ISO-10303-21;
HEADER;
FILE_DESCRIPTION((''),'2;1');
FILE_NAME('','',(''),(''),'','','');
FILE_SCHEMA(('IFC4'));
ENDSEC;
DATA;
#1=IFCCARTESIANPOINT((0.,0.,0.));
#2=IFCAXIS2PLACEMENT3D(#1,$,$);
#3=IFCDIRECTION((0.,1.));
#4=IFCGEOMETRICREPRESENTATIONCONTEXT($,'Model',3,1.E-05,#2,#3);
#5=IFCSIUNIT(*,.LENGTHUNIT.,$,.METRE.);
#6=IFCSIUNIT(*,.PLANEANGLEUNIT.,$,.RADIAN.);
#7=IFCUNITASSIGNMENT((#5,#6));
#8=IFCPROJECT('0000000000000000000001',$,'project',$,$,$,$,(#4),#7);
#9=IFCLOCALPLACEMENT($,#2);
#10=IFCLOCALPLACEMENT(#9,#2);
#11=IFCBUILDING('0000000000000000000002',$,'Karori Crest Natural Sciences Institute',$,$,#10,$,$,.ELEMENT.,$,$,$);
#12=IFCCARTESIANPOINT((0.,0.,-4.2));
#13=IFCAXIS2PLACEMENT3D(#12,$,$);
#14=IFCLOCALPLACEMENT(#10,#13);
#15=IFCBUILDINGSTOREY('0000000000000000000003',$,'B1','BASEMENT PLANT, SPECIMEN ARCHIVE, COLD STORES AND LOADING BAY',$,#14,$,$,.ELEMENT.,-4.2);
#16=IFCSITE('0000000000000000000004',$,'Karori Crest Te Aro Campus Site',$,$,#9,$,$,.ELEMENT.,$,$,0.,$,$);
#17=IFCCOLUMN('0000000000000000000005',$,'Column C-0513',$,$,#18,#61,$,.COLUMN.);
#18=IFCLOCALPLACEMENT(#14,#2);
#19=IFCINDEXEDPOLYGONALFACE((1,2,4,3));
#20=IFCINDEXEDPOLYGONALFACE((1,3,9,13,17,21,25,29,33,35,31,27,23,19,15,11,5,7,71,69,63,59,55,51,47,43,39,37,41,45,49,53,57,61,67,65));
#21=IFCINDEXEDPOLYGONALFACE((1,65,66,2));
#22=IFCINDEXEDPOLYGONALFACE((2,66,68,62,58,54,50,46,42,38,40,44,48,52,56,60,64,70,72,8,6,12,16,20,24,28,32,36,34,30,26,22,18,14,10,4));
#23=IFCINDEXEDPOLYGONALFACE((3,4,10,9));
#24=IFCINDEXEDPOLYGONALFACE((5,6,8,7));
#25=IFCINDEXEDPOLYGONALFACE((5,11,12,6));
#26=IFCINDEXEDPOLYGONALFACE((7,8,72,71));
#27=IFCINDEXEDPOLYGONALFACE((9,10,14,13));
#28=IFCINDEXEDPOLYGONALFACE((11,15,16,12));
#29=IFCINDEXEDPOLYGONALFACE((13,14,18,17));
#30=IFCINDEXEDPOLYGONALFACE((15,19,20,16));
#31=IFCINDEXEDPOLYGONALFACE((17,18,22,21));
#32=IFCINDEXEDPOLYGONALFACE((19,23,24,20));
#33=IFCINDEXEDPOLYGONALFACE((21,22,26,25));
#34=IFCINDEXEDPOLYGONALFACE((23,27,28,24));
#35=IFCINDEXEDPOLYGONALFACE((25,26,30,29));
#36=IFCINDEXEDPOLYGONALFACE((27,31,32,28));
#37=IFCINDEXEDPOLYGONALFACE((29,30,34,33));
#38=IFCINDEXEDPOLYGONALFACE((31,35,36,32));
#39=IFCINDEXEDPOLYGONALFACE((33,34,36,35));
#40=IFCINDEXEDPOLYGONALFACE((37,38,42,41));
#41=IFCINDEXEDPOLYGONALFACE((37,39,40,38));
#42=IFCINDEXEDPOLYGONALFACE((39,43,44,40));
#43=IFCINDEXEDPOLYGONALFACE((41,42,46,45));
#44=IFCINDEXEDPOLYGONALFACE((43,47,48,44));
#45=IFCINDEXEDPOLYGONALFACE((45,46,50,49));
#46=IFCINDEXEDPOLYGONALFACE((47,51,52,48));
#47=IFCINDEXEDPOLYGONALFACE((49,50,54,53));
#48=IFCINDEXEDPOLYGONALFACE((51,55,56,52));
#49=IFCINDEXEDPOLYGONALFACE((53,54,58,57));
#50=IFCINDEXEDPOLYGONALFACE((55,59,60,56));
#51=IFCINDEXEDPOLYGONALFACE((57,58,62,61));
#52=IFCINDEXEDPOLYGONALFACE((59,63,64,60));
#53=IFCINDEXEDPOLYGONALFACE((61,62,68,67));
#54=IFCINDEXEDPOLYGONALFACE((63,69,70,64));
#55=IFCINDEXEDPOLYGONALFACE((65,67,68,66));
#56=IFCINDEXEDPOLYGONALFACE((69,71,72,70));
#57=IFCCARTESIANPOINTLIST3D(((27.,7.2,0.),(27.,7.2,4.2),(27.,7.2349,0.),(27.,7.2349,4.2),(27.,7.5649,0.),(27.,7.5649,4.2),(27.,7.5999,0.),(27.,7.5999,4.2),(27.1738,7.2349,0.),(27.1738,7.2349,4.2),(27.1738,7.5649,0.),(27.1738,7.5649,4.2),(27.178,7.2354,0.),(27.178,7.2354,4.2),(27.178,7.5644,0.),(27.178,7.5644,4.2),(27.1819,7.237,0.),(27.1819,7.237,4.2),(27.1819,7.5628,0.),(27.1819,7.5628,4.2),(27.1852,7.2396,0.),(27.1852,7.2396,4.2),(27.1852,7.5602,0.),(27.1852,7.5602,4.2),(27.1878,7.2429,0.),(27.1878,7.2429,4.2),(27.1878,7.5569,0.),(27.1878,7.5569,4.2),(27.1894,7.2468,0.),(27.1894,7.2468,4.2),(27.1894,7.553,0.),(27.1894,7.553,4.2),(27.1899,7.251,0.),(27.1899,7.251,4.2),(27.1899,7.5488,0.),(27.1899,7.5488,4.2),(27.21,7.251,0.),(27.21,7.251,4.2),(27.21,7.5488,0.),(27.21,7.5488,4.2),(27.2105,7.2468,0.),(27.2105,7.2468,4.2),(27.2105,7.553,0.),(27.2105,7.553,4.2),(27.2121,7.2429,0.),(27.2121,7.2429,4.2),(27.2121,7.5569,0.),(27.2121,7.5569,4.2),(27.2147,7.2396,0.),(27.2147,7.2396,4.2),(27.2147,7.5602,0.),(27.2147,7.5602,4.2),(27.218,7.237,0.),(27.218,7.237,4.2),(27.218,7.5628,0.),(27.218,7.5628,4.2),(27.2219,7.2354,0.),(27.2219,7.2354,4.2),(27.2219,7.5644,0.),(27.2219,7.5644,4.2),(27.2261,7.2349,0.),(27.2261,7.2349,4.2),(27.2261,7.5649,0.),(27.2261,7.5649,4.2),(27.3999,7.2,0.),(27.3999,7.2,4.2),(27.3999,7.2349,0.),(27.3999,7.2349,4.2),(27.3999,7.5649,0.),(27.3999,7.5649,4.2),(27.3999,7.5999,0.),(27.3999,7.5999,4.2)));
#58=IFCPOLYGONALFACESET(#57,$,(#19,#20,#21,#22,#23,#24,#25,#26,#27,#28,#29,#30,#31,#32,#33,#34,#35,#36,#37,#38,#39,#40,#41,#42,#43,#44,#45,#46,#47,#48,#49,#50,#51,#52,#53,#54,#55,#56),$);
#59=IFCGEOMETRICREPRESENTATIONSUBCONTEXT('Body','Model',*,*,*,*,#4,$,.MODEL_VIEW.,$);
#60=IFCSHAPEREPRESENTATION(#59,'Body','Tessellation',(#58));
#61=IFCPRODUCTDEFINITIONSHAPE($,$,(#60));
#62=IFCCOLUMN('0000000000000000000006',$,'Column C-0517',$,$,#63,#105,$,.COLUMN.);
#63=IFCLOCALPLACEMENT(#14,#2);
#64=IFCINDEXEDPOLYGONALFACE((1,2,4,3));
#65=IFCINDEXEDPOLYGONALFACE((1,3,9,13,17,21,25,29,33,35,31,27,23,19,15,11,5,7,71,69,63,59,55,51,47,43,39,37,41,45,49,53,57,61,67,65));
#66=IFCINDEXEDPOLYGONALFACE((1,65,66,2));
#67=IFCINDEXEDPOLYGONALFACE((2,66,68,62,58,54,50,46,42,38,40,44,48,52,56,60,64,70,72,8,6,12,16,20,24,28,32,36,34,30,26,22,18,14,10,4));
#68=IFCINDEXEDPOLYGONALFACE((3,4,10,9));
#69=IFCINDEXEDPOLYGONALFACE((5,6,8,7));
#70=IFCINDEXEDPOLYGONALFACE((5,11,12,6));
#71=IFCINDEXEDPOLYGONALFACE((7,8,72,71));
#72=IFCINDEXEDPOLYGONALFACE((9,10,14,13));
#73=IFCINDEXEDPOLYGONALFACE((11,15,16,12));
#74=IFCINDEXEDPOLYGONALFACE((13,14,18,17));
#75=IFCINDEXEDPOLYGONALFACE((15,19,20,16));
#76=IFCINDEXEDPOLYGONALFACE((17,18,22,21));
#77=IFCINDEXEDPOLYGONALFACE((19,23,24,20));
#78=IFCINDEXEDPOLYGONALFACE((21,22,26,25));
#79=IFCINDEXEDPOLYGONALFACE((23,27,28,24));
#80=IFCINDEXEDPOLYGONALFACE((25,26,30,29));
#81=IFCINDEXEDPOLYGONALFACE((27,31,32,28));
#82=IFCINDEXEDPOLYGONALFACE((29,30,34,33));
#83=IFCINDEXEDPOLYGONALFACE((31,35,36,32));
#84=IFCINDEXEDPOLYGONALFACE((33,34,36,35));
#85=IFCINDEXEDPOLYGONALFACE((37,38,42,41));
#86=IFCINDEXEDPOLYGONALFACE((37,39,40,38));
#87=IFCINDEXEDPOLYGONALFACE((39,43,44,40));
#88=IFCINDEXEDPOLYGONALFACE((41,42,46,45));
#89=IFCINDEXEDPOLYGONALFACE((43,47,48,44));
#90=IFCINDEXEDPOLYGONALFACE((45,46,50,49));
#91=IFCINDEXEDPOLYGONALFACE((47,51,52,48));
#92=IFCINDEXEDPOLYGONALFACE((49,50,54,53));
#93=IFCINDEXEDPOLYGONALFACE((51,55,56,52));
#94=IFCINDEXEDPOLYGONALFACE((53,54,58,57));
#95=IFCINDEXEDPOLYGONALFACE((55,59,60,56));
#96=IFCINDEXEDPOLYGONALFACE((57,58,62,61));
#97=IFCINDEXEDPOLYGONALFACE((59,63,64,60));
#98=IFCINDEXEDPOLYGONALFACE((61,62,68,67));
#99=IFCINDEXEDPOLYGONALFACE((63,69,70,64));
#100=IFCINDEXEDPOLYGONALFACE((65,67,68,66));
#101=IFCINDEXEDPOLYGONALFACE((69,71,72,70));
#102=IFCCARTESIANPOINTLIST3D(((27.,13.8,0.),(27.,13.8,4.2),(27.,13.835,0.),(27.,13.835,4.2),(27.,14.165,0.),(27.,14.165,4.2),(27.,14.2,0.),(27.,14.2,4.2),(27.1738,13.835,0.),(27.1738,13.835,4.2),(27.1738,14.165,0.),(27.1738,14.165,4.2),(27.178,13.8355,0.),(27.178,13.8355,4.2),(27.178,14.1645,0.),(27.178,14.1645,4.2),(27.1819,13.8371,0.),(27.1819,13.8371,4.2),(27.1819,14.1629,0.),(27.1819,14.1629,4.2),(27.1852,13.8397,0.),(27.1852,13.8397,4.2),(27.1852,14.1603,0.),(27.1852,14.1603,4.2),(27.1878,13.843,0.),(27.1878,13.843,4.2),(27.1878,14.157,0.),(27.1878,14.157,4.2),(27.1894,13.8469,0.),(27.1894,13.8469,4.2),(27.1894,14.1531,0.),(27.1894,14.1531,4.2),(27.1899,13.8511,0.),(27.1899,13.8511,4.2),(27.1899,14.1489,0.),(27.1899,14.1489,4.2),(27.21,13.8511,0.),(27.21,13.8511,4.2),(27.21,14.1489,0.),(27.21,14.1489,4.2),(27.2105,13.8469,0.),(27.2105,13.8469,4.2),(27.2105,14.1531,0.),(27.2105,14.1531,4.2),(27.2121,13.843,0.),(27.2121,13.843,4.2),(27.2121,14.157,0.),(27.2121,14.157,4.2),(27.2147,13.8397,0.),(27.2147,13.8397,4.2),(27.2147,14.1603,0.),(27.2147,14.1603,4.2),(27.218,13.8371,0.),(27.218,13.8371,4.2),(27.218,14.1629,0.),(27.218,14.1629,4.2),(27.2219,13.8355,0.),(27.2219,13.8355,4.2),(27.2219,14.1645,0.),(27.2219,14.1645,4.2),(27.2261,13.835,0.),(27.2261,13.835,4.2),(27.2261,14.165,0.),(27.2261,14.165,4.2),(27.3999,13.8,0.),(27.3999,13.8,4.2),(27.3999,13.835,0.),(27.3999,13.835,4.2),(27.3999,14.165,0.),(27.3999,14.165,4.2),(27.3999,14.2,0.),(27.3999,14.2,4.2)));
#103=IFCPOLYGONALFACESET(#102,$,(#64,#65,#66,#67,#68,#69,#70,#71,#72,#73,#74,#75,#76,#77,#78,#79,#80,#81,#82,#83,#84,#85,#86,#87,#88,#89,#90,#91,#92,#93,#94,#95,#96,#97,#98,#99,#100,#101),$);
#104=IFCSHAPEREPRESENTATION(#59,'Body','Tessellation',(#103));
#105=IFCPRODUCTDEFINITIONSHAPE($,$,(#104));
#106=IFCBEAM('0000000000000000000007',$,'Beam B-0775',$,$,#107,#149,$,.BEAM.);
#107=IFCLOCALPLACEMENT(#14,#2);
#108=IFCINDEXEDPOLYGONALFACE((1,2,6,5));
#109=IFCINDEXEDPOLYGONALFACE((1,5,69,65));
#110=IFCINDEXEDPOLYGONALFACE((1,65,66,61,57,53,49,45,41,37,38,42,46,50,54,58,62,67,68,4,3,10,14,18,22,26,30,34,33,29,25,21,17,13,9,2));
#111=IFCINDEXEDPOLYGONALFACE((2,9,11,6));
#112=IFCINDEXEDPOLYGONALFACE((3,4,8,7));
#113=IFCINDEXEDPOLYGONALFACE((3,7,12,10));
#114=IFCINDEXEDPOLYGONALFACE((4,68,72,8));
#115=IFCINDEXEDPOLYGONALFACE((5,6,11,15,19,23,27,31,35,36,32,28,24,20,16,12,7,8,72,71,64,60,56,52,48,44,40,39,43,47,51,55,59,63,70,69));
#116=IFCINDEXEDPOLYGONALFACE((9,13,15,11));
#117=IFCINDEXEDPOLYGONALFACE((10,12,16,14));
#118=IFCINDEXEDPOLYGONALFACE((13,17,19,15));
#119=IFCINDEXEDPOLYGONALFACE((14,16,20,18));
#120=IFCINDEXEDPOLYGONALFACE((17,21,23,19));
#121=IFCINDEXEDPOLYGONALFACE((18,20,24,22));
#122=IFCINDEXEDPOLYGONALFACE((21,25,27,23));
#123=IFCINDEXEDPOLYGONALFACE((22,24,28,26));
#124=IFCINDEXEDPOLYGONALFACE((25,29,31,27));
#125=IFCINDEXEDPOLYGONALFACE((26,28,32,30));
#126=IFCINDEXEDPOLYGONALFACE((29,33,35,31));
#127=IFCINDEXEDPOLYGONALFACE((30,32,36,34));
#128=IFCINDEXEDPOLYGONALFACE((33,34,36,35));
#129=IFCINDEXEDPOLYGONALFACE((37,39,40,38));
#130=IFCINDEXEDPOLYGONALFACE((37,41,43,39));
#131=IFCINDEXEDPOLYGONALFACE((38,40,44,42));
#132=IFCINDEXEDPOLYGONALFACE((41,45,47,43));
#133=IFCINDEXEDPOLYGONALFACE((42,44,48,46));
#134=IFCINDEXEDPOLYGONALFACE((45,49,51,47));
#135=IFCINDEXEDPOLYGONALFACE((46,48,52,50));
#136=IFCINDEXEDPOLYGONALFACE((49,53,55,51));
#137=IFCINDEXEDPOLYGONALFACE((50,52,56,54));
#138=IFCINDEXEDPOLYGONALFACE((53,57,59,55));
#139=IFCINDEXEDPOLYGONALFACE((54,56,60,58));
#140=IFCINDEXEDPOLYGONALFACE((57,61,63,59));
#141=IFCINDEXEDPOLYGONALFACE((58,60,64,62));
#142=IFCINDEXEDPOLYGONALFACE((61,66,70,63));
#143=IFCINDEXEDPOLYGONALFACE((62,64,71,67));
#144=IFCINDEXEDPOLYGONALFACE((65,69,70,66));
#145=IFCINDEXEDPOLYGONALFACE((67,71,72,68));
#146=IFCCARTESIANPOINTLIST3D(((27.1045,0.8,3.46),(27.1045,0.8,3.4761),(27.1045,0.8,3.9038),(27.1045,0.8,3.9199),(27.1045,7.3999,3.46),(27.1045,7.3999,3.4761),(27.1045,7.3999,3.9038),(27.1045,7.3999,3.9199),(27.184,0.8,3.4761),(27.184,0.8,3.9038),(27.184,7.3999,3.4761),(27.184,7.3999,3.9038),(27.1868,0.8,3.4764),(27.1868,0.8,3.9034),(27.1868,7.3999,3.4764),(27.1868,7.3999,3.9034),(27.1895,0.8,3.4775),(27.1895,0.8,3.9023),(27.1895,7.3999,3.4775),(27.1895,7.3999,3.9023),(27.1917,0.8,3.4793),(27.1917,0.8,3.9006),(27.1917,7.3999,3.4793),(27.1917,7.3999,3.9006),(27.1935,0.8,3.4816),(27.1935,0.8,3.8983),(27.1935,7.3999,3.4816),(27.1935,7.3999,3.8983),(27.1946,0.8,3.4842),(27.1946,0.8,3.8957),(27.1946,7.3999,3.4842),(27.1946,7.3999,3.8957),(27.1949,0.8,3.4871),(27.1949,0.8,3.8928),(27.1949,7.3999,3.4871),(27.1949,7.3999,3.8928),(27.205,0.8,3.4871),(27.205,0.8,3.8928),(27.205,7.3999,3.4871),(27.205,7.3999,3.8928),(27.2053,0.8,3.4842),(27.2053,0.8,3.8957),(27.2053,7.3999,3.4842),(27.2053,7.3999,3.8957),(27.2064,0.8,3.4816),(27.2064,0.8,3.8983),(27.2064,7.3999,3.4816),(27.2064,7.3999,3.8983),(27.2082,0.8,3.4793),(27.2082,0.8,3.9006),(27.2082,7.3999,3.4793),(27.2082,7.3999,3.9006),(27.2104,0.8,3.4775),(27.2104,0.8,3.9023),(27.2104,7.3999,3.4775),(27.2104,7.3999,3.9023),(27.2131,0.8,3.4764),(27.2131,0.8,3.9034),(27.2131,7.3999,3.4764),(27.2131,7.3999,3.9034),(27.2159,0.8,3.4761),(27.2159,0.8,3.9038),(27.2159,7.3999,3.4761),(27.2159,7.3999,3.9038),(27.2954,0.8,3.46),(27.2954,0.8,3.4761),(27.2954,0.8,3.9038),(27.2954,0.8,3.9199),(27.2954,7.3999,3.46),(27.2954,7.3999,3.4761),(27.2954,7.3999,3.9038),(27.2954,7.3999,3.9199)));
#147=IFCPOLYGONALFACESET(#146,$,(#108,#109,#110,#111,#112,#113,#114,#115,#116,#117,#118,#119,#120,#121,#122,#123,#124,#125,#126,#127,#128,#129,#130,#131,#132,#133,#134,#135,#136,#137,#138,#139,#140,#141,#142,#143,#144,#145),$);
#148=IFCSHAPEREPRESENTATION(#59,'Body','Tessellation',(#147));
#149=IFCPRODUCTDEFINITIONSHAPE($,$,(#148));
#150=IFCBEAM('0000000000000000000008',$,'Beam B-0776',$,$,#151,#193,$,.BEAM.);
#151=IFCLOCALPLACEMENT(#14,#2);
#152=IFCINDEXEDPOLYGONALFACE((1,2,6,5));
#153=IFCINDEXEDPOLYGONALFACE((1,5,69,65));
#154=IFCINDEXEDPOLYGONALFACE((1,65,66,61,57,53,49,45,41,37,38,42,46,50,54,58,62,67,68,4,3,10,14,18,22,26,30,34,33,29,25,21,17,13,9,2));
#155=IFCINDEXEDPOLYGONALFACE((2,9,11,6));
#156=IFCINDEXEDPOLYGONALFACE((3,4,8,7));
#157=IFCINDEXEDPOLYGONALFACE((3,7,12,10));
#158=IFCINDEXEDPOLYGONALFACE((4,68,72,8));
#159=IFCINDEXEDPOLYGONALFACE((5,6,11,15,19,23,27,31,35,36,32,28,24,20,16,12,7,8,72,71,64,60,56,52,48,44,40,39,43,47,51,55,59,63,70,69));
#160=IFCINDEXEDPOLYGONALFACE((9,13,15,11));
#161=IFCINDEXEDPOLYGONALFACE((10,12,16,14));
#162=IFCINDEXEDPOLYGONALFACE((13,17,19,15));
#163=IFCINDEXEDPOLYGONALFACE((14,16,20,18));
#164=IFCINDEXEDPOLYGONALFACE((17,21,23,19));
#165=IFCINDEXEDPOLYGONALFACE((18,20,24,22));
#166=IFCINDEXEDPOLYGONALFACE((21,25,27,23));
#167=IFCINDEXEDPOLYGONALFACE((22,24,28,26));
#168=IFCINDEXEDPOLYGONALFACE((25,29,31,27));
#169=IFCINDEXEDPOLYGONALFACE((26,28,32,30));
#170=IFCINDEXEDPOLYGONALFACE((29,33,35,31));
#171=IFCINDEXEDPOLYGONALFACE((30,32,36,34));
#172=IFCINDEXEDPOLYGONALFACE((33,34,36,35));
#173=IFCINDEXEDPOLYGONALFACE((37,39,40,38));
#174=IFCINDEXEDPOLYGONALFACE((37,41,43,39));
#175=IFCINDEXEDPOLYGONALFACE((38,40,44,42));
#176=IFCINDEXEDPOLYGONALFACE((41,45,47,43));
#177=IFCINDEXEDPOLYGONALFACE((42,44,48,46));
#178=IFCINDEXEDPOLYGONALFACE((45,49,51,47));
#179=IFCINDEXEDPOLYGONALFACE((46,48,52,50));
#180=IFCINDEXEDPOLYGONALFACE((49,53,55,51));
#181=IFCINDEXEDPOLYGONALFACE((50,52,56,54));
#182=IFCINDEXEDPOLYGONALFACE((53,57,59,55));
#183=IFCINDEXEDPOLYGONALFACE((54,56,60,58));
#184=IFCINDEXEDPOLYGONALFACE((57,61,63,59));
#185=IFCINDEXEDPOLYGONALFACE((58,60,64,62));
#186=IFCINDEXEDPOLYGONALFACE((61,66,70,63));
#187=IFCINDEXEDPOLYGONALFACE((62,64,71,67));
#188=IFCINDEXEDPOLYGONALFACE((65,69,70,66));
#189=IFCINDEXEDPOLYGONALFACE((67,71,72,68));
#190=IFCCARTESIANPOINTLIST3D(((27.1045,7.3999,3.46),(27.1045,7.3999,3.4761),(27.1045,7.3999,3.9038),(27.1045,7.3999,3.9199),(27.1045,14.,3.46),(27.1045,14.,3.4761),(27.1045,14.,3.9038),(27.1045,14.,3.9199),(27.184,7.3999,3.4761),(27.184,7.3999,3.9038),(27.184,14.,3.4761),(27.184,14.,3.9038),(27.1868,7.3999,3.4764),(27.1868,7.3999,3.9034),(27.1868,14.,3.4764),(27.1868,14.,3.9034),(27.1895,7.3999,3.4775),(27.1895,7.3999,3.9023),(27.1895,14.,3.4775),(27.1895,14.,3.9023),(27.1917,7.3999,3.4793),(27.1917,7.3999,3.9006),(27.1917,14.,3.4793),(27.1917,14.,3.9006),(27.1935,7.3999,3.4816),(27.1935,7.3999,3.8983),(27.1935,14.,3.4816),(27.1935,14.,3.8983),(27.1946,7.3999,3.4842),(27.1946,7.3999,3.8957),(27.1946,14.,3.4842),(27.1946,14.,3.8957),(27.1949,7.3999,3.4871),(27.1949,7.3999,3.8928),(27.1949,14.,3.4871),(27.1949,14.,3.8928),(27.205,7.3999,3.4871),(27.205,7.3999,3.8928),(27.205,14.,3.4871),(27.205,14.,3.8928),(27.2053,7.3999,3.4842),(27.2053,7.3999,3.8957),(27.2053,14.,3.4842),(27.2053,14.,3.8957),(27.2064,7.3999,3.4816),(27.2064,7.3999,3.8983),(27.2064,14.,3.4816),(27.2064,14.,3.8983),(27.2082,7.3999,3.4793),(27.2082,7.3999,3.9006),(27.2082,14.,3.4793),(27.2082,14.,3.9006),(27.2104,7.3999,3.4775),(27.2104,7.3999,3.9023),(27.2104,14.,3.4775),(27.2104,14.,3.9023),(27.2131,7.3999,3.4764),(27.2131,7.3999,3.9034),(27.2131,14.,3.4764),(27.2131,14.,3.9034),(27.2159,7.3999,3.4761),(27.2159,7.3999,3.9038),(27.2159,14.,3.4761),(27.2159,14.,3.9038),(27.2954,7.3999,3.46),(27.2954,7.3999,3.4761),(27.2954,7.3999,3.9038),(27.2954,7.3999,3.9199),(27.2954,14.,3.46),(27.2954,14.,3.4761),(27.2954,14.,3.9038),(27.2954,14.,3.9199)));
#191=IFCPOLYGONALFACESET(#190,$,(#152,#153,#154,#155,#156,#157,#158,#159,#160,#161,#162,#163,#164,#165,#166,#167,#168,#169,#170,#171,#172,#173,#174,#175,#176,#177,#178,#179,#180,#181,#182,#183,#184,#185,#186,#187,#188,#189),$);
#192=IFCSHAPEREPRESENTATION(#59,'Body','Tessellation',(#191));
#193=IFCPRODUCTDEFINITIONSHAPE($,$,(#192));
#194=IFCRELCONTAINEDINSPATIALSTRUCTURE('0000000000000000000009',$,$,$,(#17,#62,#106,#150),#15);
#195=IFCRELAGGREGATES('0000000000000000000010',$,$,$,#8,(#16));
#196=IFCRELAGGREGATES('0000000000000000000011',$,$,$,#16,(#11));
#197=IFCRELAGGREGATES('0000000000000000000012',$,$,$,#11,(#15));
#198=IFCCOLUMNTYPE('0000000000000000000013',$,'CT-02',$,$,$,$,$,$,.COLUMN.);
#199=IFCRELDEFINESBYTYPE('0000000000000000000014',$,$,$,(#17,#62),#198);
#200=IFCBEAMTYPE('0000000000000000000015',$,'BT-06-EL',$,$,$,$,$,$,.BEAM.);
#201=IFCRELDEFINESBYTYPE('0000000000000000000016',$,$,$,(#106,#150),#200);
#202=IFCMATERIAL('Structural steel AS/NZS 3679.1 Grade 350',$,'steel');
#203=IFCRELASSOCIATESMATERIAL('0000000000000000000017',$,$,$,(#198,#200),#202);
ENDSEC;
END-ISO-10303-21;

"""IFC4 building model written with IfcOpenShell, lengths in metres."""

from ifc_helpers import new_model, si_unit, direction, frame, origin, origin_2d, place, context, subcontext, project, spatial, i_section, extrude, material, material_profile, profile_set, type_object, element, save


model = new_model("IFC4")

# Units and contexts
model_context = context("Model", 3, precision=1e-05, world=origin(), true_north=direction((0.0, 1.0)))
body_context = subcontext(model_context, "Body", "Model", "MODEL_VIEW")
ifc_project = project(units=[si_unit("LENGTHUNIT", "METRE"), si_unit("PLANEANGLEUNIT", "RADIAN")], contexts=[model_context])

# Site, building, storey
site_placement = place(None, origin())
site = spatial("IfcSite", under=ifc_project, at=site_placement, Name="Karori Crest Te Aro Campus Site", CompositionType="ELEMENT", RefElevation=0.0)
building_placement = place(site_placement, origin())
building = spatial("IfcBuilding", under=site, at=building_placement, Name="Karori Crest Natural Sciences Institute", CompositionType="ELEMENT")
storey_placement = place(building_placement, frame((0.0, 0.0, -4.2)))
storey = spatial("IfcBuildingStorey", under=building, at=storey_placement, Name="B1", Description="BASEMENT PLANT, SPECIMEN ARCHIVE, COLD STORES AND LOADING BAY", CompositionType="ELEMENT", Elevation=-4.2)

# Columns
ifc_material_1 = material(Name="Structural steel AS/NZS 3679.1 Grade 350", Category="steel")
ifc_material_profile_1 = material_profile(ifc_material_1, i_section(OverallWidth=0.3999, OverallDepth=0.3999, WebThickness=0.02, FlangeThickness=0.0349, FilletRadius=0.0161, at=origin_2d()), Name="400WC328")
ifc_profile_set_1 = profile_set([ifc_material_profile_1], Name="Structural steel AS/NZS 3679.1 Grade 350")
column_type = type_object("IfcColumnType", Name="CT-02", PredefinedType="COLUMN", material=ifc_profile_set_1)
for number, where, z_axis, x_axis, name in (
    (1, (27.2, 7.3999, 0.0), (0.0, 0.0, 1.0), (1.0, 0.0, 0.0), "Column C-0513"),
    (2, (27.2, 14.0, 0.0), (0.0, 0.0, 1.0), (1.0, 0.0, 0.0), "Column C-0517"),
):
    element("IfcColumn", number, at=place(storey_placement, frame(where, z_axis=z_axis, x_axis=x_axis)), inside=storey, type_object=column_type, Name=name, PredefinedType="COLUMN", context=body_context, shape_type="SweptSolid", body=[
        extrude(i_section(OverallWidth=0.3999, OverallDepth=0.3999, WebThickness=0.02, FlangeThickness=0.0349, FilletRadius=0.0161, at=origin_2d()), origin(), (0.0, 0.0, 1.0), 4.2),
    ])

# Beams
ifc_material_profile_2 = material_profile(ifc_material_1, i_section(OverallWidth=0.1909, OverallDepth=0.46, WebThickness=0.01, FlangeThickness=0.0161, FilletRadius=0.011, at=origin_2d()), Name="460UB82.1")
ifc_profile_set_2 = profile_set([ifc_material_profile_2], Name="Structural steel AS/NZS 3679.1 Grade 350")
beam_type = type_object("IfcBeamType", Name="BT-06-EL", PredefinedType="BEAM", material=ifc_profile_set_2)
beam_placement = place(storey_placement, frame((27.2, 0.8, 3.6899), z_axis=(0.0, 1.0, 0.0), x_axis=(-1.0, 0.0, 0.0)))
element("IfcBeam", 3, at=beam_placement, inside=storey, type_object=beam_type, Name="Beam B-0775", PredefinedType="BEAM", context=body_context, shape_type="SweptSolid", body=[
    extrude(i_section(OverallWidth=0.1909, OverallDepth=0.46, WebThickness=0.01, FlangeThickness=0.0161, FilletRadius=0.011, at=origin_2d()), origin(), (0.0, 0.0, 1.0), 6.5999),
])
for number, where, z_axis, x_axis, name in (
    (4, (27.2, 7.3999, 3.6899), (0.0, 1.0, 0.0), (-1.0, 0.0, 0.0), "Beam B-0776"),
):
    element("IfcBeam", number, at=place(storey_placement, frame(where, z_axis=z_axis, x_axis=x_axis)), inside=storey, type_object=beam_type, Name=name, PredefinedType="BEAM", context=body_context, shape_type="SweptSolid", body=[
        extrude(i_section(OverallWidth=0.1909, OverallDepth=0.46, WebThickness=0.01, FlangeThickness=0.0161, FilletRadius=0.011, at=origin_2d()), origin(), (0.0, 0.0, 1.0), 6.6001),
    ])

save(model, "model.ifc")
